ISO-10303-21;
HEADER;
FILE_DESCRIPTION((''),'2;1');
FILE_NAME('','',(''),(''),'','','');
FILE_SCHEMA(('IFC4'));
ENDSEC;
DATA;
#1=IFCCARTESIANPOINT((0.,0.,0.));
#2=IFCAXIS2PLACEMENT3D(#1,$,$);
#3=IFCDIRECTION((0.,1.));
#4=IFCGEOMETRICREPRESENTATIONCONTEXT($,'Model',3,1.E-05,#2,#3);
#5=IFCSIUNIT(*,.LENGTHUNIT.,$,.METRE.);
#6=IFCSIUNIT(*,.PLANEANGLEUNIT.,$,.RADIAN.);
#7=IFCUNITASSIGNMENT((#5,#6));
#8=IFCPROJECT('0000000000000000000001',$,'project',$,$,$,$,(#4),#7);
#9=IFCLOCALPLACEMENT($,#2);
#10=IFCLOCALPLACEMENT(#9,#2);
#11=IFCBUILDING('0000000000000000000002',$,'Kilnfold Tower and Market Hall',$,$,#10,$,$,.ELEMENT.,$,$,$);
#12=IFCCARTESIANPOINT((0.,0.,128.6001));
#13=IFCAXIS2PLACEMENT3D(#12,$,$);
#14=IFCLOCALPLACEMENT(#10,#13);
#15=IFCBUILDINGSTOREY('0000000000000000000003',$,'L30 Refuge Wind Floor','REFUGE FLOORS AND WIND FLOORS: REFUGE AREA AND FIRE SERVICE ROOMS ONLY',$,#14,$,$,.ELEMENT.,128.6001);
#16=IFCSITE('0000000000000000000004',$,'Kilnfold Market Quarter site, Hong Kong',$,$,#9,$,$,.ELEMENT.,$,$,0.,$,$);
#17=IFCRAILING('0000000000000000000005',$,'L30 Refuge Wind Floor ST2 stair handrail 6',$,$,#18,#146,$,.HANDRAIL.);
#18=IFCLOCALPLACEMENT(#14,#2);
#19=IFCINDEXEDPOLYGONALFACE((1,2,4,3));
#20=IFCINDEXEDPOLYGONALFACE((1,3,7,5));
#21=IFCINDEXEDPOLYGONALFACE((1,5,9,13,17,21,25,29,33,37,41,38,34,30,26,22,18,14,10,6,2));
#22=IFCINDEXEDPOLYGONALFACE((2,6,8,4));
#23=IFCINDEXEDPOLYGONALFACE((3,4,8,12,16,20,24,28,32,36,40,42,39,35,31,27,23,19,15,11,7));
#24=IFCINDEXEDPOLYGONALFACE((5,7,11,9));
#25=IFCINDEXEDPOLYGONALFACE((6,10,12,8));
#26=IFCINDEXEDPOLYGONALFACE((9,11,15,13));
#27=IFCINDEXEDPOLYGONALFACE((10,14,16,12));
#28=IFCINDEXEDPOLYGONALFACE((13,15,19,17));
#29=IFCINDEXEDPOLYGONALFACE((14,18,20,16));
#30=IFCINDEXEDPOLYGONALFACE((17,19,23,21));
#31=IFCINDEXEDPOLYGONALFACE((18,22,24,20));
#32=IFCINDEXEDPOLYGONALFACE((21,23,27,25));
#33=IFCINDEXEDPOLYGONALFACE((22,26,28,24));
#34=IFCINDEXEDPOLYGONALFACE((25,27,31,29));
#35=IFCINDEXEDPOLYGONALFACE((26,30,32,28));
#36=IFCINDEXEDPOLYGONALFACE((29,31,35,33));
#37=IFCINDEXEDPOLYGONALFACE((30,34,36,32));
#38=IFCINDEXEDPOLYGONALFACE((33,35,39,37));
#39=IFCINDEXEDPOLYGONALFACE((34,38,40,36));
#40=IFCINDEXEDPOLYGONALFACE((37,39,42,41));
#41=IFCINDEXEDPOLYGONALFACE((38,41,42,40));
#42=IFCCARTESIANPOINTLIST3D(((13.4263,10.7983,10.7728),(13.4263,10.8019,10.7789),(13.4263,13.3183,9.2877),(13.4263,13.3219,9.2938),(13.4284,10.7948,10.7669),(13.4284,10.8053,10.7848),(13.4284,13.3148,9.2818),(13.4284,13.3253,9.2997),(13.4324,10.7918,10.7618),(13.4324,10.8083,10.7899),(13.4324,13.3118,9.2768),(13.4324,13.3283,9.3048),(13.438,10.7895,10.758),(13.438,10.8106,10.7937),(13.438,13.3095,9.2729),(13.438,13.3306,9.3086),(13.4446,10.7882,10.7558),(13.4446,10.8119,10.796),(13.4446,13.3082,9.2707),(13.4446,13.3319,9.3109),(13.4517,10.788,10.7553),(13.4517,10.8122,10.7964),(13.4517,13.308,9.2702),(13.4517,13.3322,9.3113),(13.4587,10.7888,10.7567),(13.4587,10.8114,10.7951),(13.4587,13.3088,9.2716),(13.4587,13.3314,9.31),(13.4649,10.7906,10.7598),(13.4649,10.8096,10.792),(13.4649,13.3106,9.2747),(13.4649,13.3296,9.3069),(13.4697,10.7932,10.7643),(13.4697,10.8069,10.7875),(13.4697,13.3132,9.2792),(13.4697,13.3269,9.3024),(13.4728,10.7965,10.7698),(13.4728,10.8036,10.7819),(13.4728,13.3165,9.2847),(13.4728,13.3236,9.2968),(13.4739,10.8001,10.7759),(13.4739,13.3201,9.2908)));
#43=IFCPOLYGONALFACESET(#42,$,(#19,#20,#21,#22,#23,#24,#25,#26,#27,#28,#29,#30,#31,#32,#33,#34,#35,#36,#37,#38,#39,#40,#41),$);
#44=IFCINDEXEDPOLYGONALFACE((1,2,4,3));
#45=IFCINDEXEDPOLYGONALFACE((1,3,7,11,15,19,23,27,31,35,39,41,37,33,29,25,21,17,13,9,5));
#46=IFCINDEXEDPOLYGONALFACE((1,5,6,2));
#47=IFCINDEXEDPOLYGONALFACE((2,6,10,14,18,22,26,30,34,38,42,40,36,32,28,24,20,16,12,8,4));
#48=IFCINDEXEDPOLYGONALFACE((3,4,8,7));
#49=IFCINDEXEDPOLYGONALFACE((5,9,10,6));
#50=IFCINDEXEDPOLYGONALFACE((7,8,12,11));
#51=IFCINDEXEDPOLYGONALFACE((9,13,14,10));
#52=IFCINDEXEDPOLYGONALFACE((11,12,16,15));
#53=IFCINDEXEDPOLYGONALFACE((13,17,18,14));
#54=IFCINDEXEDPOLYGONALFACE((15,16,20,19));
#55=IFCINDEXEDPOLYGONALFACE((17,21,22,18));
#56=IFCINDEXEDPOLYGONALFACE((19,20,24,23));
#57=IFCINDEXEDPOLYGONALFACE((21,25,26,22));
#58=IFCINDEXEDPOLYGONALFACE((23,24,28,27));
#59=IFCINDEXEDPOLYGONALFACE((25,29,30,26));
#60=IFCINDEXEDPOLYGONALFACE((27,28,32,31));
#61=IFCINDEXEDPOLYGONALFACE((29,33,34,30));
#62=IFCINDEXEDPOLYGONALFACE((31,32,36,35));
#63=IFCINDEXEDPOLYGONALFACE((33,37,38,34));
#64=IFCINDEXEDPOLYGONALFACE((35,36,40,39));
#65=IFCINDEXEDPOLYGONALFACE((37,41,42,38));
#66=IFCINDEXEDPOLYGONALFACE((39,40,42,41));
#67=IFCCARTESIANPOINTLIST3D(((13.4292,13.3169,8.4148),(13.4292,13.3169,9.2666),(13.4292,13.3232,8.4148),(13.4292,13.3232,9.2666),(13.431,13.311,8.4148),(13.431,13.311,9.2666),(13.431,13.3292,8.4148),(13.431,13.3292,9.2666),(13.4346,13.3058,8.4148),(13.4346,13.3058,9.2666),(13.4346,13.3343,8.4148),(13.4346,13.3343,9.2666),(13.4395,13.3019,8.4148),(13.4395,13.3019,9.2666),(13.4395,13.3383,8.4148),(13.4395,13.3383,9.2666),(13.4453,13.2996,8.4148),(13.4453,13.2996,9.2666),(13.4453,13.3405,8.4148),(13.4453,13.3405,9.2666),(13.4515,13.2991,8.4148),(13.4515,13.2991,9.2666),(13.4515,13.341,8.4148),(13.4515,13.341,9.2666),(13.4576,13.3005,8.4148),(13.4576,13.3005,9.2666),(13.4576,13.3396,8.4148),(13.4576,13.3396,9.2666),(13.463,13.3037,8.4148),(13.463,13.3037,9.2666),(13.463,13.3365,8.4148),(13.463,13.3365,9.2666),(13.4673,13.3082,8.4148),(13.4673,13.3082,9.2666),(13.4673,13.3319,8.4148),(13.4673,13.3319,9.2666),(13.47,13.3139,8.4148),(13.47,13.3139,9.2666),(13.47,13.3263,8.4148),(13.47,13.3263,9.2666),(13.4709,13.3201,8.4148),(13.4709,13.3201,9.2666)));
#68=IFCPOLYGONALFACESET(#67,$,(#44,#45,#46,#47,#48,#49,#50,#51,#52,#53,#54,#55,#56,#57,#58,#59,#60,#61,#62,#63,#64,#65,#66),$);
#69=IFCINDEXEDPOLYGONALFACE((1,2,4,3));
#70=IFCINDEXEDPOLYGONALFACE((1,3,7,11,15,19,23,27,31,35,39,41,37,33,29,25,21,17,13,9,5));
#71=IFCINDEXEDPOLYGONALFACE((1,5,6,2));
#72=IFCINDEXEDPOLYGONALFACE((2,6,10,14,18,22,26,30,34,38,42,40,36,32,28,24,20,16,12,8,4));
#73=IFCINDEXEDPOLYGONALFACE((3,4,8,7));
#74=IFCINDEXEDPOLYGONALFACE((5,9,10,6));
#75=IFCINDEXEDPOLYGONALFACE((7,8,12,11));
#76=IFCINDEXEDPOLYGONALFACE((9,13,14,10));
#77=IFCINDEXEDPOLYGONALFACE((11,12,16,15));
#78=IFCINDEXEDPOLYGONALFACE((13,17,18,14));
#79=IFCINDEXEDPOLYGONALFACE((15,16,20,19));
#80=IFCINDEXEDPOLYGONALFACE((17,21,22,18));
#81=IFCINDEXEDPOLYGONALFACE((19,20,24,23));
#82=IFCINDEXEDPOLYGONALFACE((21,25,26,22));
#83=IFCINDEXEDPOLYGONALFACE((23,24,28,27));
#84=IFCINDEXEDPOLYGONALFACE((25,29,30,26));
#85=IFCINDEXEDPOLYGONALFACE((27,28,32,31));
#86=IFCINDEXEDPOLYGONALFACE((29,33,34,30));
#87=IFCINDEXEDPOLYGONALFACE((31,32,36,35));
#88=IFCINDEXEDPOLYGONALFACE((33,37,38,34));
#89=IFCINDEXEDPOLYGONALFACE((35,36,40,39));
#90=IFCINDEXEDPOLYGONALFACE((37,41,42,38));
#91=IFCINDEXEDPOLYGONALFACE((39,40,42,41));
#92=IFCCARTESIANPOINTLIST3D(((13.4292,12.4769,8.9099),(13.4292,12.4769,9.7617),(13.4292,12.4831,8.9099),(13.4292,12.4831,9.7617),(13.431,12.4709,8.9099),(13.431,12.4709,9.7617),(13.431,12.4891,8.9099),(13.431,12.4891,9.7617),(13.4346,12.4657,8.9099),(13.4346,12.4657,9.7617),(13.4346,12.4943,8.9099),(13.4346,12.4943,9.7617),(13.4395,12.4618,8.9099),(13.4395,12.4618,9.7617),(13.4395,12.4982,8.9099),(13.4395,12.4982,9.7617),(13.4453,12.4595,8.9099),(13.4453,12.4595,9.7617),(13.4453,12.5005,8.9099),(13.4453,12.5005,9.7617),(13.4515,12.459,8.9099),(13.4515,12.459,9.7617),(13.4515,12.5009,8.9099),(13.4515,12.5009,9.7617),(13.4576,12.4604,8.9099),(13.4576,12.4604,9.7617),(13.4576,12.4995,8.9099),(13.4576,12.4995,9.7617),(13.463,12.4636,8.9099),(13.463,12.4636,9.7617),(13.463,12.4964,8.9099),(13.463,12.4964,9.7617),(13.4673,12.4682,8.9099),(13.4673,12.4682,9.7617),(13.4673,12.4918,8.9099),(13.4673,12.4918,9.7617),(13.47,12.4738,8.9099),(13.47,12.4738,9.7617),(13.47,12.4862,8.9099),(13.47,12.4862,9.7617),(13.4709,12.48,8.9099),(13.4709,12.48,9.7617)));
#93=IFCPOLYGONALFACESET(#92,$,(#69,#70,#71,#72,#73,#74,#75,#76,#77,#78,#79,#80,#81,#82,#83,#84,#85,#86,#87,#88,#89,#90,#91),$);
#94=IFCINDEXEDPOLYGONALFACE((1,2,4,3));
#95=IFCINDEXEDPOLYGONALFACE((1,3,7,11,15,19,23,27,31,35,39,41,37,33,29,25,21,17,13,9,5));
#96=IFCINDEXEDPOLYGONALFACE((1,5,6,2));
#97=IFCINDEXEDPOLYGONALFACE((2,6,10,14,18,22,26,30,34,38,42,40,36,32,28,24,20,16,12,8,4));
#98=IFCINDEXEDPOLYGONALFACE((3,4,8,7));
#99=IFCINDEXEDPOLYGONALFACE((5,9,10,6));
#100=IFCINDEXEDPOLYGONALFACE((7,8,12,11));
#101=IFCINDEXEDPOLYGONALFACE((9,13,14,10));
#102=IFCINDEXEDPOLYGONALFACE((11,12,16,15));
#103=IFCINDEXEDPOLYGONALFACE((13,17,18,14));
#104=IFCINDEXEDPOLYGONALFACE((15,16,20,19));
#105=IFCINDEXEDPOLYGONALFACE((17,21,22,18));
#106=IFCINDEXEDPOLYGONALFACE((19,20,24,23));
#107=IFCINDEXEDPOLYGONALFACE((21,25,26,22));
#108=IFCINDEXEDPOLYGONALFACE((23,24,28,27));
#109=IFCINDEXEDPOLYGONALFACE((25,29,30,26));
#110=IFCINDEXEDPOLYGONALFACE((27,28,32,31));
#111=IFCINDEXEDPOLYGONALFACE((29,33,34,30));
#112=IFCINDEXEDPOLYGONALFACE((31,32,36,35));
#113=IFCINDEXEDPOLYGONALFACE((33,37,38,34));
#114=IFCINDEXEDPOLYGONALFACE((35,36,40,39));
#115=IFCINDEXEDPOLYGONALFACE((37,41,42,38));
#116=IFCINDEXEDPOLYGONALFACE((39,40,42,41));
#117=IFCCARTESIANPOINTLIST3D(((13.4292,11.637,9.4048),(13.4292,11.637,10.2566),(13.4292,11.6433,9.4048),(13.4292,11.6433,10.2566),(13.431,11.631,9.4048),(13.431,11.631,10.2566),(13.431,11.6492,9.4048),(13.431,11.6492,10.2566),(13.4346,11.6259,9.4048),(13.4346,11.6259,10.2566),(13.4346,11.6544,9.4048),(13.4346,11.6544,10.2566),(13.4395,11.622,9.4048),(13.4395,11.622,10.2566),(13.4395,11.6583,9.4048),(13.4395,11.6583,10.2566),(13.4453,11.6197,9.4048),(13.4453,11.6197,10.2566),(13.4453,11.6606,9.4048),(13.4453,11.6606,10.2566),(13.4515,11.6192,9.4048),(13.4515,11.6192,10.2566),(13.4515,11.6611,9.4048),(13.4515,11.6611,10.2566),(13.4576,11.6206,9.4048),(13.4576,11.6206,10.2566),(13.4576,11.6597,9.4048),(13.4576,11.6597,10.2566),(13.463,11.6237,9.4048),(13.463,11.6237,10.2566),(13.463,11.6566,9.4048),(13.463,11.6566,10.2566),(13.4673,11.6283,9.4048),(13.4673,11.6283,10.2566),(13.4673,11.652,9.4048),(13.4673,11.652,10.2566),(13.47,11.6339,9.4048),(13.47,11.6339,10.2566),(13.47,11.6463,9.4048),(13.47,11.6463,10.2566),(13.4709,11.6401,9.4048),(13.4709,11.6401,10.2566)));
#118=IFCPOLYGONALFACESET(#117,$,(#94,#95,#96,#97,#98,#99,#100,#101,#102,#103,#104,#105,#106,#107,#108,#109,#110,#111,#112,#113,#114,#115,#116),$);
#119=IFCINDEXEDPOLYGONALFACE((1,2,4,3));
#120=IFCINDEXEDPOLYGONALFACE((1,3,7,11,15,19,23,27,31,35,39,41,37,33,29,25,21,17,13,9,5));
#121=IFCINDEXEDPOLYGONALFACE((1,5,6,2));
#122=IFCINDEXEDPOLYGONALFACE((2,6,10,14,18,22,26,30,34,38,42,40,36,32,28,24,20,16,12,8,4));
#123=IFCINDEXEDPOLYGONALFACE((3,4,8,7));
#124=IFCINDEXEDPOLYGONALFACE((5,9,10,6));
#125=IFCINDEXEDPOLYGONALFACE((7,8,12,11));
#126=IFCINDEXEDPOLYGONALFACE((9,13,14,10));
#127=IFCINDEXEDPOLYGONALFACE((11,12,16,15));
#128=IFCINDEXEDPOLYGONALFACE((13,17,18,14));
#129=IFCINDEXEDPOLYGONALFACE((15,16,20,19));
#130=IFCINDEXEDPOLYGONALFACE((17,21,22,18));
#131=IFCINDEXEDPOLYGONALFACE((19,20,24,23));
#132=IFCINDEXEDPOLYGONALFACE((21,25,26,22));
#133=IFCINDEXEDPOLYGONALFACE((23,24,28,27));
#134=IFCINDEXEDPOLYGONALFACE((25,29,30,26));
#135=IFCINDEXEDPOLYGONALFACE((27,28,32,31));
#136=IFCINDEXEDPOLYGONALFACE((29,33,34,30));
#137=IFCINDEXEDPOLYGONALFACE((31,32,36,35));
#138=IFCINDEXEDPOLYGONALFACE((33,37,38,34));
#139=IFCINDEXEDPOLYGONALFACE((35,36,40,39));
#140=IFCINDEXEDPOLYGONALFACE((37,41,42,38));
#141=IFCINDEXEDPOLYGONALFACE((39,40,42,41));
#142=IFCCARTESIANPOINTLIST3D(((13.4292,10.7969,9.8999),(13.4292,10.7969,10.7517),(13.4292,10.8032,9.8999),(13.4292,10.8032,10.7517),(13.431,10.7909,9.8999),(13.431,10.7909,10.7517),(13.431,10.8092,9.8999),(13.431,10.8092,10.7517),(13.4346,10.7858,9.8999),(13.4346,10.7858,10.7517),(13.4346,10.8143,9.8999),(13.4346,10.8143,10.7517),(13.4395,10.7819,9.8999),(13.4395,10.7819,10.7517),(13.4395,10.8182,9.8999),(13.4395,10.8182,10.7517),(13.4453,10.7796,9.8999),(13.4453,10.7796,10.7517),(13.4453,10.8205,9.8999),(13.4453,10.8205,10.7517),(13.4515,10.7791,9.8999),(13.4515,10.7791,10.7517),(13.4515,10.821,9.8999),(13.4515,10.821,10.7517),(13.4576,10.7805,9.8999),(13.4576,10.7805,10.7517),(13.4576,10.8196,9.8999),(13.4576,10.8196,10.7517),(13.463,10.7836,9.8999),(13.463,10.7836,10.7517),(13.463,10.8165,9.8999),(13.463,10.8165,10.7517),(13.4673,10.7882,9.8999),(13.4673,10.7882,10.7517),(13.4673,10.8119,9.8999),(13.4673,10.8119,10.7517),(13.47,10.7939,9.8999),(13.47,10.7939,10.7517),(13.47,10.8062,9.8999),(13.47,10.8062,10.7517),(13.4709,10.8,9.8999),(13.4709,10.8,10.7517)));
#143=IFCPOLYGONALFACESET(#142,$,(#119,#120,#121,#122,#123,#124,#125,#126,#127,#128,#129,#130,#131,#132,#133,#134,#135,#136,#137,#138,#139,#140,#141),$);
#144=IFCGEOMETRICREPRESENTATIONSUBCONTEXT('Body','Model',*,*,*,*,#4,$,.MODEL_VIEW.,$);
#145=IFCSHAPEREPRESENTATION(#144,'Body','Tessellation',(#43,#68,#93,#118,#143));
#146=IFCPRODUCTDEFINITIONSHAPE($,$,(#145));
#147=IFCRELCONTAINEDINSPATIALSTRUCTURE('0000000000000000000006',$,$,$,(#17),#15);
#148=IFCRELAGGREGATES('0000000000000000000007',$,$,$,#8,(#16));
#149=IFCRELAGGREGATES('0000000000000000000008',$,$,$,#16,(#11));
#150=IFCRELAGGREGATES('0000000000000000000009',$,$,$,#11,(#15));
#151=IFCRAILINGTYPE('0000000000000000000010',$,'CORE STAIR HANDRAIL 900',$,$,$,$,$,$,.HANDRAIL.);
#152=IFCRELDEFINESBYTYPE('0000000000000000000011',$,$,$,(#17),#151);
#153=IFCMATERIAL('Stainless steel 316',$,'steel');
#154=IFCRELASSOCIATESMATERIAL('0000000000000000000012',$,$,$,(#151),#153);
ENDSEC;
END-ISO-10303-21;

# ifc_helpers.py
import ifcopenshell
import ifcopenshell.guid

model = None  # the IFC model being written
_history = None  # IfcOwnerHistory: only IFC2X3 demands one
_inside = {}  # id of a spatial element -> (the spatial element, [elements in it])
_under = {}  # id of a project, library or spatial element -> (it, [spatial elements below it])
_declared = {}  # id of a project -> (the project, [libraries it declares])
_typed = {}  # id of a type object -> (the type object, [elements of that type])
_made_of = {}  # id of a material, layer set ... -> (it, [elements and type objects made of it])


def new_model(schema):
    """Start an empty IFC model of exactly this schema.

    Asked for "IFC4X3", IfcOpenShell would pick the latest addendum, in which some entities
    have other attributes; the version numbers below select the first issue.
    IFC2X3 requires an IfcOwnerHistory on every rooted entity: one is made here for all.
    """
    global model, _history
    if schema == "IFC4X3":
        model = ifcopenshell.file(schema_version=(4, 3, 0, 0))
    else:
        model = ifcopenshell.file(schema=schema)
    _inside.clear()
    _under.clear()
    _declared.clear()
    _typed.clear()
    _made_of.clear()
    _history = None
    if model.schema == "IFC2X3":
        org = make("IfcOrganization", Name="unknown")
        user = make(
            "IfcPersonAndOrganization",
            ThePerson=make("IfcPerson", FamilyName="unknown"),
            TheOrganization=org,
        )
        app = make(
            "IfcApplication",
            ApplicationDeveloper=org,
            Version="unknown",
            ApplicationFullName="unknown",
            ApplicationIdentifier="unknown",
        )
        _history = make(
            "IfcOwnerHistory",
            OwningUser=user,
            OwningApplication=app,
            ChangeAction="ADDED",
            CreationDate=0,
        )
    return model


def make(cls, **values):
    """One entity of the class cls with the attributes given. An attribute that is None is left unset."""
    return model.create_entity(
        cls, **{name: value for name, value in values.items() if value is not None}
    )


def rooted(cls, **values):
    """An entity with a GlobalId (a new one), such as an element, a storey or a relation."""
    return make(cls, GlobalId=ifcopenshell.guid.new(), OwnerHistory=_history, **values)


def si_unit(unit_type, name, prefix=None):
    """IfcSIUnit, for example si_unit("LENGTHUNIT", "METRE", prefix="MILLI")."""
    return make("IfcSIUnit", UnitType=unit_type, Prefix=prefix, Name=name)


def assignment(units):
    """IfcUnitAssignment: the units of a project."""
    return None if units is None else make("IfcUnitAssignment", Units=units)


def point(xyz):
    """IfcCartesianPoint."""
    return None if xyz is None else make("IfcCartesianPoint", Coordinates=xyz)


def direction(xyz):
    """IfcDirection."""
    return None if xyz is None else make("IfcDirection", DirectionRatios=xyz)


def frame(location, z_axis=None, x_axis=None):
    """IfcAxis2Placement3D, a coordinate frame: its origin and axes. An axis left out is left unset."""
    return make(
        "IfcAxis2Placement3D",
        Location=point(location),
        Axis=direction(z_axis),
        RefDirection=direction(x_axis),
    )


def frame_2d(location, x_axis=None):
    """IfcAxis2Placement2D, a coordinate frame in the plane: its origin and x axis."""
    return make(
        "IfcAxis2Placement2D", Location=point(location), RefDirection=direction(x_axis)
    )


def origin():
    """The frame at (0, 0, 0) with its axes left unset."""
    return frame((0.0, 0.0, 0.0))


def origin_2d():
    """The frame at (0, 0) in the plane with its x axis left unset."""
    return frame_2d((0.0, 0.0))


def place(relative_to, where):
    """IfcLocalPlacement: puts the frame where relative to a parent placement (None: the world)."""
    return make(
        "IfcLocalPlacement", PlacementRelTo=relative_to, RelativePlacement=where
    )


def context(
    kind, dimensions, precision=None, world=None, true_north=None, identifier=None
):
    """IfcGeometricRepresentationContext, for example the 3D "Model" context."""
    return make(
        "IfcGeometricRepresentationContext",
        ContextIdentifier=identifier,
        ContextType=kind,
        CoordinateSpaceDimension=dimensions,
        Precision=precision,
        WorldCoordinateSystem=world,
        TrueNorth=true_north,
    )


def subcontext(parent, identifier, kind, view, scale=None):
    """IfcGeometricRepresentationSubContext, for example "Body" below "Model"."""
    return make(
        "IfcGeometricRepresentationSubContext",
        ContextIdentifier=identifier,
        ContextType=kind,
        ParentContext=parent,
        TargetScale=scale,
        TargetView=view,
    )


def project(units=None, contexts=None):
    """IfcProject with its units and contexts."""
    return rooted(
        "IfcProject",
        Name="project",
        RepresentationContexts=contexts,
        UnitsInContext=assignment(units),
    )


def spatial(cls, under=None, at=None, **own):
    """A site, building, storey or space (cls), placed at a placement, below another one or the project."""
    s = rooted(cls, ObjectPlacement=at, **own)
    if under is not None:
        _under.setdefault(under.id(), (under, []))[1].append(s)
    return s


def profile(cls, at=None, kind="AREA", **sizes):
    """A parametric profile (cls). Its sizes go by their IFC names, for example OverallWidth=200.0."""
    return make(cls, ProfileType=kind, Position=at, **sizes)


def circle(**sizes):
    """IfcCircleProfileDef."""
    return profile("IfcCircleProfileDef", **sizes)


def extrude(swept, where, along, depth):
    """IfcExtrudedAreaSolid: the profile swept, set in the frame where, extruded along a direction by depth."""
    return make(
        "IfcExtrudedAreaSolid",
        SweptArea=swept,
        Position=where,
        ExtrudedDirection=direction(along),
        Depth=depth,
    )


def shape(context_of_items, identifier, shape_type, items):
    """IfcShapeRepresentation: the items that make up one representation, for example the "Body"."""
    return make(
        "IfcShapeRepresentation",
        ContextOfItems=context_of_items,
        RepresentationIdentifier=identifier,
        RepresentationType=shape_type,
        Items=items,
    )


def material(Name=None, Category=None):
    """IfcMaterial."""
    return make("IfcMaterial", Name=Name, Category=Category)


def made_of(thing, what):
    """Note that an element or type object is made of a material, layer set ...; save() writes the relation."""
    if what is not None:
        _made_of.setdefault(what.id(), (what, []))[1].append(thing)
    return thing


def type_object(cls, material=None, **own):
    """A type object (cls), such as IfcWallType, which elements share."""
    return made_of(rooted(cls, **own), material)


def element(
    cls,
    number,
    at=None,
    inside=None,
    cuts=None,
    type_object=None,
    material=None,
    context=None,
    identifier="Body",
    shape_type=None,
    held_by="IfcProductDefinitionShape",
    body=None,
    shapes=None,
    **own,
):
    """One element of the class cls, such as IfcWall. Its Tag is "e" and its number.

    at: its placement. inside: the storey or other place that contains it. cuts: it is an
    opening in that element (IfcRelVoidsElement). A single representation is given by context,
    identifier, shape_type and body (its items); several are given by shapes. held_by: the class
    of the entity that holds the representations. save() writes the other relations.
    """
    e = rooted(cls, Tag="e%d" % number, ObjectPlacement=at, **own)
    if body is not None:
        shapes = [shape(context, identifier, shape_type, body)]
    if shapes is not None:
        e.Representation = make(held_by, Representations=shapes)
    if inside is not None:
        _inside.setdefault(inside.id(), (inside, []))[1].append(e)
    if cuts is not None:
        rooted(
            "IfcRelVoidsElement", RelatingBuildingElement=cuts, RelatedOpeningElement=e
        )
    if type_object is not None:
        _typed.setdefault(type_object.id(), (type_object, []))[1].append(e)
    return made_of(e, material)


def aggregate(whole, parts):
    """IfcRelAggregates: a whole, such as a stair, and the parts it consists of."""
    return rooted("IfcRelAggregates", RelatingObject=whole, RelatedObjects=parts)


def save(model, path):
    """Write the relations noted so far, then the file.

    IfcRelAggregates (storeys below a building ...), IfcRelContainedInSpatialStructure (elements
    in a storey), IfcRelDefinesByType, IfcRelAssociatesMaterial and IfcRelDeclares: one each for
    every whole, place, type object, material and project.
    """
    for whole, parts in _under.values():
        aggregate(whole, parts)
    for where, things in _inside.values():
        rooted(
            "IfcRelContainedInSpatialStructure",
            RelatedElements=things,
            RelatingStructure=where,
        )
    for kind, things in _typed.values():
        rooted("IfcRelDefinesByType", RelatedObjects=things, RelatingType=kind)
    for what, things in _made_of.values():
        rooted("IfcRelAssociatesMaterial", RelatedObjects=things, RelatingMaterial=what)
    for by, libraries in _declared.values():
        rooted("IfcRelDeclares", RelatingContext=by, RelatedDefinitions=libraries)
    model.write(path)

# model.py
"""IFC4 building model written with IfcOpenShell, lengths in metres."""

from ifc_helpers import new_model, si_unit, direction, frame, origin, origin_2d, place, context, subcontext, project, spatial, circle, extrude, material, type_object, element, save


model = new_model("IFC4")

# Units and contexts
model_context = context("Model", 3, precision=1e-05, world=origin(), true_north=direction((0.0, 1.0)))
body_context = subcontext(model_context, "Body", "Model", "MODEL_VIEW")
ifc_project = project(units=[si_unit("LENGTHUNIT", "METRE"), si_unit("PLANEANGLEUNIT", "RADIAN")], contexts=[model_context])

# Site, building, storey
site_placement = place(None, origin())
site = spatial("IfcSite", under=ifc_project, at=site_placement, Name="Kilnfold Market Quarter site, Hong Kong", CompositionType="ELEMENT", RefElevation=0.0)
building_placement = place(site_placement, origin())
building = spatial("IfcBuilding", under=site, at=building_placement, Name="Kilnfold Tower and Market Hall", CompositionType="ELEMENT")
storey_placement = place(building_placement, frame((0.0, 0.0, 128.6001)))
storey = spatial("IfcBuildingStorey", under=building, at=storey_placement, Name="L30 Refuge Wind Floor", Description="REFUGE FLOORS AND WIND FLOORS: REFUGE AREA AND FIRE SERVICE ROOMS ONLY", CompositionType="ELEMENT", Elevation=128.6001)

# Railing
ifc_material_1 = material(Name="Stainless steel 316", Category="steel")
railing_type_1 = type_object("IfcRailingType", Name="CORE STAIR HANDRAIL 900", PredefinedType="HANDRAIL", material=ifc_material_1)
railing_1_placement = place(storey_placement, frame((13.45, 13.3201, 8.4148)))
element("IfcRailing", 1, at=railing_1_placement, inside=storey, type_object=railing_type_1, Name="L30 Refuge Wind Floor ST2 stair handrail 6", PredefinedType="HANDRAIL", context=body_context, shape_type="SweptSolid", body=[
    extrude(circle(Radius=0.0239, at=origin_2d()), frame((0.0, 0.0, 0.876), z_axis=(0.0, -0.861524, 0.507717), x_axis=(1.0, 0.0, 0.0)), (0.0, 0.0, 1.0), 2.925),
    extrude(circle(Radius=0.021, at=origin_2d()), origin(), (0.0, 0.0, 1.0), 0.8518),
    extrude(circle(Radius=0.021, at=origin_2d()), frame((0.0, -0.8401, 0.4951)), (0.0, 0.0, 1.0), 0.8518),
    extrude(circle(Radius=0.021, at=origin_2d()), frame((0.0, -1.6799, 0.99)), (0.0, 0.0, 1.0), 0.8518),
    extrude(circle(Radius=0.021, at=origin_2d()), frame((0.0, -2.52, 1.4851)), (0.0, 0.0, 1.0), 0.8518),
])

save(model, "model.ifc")
